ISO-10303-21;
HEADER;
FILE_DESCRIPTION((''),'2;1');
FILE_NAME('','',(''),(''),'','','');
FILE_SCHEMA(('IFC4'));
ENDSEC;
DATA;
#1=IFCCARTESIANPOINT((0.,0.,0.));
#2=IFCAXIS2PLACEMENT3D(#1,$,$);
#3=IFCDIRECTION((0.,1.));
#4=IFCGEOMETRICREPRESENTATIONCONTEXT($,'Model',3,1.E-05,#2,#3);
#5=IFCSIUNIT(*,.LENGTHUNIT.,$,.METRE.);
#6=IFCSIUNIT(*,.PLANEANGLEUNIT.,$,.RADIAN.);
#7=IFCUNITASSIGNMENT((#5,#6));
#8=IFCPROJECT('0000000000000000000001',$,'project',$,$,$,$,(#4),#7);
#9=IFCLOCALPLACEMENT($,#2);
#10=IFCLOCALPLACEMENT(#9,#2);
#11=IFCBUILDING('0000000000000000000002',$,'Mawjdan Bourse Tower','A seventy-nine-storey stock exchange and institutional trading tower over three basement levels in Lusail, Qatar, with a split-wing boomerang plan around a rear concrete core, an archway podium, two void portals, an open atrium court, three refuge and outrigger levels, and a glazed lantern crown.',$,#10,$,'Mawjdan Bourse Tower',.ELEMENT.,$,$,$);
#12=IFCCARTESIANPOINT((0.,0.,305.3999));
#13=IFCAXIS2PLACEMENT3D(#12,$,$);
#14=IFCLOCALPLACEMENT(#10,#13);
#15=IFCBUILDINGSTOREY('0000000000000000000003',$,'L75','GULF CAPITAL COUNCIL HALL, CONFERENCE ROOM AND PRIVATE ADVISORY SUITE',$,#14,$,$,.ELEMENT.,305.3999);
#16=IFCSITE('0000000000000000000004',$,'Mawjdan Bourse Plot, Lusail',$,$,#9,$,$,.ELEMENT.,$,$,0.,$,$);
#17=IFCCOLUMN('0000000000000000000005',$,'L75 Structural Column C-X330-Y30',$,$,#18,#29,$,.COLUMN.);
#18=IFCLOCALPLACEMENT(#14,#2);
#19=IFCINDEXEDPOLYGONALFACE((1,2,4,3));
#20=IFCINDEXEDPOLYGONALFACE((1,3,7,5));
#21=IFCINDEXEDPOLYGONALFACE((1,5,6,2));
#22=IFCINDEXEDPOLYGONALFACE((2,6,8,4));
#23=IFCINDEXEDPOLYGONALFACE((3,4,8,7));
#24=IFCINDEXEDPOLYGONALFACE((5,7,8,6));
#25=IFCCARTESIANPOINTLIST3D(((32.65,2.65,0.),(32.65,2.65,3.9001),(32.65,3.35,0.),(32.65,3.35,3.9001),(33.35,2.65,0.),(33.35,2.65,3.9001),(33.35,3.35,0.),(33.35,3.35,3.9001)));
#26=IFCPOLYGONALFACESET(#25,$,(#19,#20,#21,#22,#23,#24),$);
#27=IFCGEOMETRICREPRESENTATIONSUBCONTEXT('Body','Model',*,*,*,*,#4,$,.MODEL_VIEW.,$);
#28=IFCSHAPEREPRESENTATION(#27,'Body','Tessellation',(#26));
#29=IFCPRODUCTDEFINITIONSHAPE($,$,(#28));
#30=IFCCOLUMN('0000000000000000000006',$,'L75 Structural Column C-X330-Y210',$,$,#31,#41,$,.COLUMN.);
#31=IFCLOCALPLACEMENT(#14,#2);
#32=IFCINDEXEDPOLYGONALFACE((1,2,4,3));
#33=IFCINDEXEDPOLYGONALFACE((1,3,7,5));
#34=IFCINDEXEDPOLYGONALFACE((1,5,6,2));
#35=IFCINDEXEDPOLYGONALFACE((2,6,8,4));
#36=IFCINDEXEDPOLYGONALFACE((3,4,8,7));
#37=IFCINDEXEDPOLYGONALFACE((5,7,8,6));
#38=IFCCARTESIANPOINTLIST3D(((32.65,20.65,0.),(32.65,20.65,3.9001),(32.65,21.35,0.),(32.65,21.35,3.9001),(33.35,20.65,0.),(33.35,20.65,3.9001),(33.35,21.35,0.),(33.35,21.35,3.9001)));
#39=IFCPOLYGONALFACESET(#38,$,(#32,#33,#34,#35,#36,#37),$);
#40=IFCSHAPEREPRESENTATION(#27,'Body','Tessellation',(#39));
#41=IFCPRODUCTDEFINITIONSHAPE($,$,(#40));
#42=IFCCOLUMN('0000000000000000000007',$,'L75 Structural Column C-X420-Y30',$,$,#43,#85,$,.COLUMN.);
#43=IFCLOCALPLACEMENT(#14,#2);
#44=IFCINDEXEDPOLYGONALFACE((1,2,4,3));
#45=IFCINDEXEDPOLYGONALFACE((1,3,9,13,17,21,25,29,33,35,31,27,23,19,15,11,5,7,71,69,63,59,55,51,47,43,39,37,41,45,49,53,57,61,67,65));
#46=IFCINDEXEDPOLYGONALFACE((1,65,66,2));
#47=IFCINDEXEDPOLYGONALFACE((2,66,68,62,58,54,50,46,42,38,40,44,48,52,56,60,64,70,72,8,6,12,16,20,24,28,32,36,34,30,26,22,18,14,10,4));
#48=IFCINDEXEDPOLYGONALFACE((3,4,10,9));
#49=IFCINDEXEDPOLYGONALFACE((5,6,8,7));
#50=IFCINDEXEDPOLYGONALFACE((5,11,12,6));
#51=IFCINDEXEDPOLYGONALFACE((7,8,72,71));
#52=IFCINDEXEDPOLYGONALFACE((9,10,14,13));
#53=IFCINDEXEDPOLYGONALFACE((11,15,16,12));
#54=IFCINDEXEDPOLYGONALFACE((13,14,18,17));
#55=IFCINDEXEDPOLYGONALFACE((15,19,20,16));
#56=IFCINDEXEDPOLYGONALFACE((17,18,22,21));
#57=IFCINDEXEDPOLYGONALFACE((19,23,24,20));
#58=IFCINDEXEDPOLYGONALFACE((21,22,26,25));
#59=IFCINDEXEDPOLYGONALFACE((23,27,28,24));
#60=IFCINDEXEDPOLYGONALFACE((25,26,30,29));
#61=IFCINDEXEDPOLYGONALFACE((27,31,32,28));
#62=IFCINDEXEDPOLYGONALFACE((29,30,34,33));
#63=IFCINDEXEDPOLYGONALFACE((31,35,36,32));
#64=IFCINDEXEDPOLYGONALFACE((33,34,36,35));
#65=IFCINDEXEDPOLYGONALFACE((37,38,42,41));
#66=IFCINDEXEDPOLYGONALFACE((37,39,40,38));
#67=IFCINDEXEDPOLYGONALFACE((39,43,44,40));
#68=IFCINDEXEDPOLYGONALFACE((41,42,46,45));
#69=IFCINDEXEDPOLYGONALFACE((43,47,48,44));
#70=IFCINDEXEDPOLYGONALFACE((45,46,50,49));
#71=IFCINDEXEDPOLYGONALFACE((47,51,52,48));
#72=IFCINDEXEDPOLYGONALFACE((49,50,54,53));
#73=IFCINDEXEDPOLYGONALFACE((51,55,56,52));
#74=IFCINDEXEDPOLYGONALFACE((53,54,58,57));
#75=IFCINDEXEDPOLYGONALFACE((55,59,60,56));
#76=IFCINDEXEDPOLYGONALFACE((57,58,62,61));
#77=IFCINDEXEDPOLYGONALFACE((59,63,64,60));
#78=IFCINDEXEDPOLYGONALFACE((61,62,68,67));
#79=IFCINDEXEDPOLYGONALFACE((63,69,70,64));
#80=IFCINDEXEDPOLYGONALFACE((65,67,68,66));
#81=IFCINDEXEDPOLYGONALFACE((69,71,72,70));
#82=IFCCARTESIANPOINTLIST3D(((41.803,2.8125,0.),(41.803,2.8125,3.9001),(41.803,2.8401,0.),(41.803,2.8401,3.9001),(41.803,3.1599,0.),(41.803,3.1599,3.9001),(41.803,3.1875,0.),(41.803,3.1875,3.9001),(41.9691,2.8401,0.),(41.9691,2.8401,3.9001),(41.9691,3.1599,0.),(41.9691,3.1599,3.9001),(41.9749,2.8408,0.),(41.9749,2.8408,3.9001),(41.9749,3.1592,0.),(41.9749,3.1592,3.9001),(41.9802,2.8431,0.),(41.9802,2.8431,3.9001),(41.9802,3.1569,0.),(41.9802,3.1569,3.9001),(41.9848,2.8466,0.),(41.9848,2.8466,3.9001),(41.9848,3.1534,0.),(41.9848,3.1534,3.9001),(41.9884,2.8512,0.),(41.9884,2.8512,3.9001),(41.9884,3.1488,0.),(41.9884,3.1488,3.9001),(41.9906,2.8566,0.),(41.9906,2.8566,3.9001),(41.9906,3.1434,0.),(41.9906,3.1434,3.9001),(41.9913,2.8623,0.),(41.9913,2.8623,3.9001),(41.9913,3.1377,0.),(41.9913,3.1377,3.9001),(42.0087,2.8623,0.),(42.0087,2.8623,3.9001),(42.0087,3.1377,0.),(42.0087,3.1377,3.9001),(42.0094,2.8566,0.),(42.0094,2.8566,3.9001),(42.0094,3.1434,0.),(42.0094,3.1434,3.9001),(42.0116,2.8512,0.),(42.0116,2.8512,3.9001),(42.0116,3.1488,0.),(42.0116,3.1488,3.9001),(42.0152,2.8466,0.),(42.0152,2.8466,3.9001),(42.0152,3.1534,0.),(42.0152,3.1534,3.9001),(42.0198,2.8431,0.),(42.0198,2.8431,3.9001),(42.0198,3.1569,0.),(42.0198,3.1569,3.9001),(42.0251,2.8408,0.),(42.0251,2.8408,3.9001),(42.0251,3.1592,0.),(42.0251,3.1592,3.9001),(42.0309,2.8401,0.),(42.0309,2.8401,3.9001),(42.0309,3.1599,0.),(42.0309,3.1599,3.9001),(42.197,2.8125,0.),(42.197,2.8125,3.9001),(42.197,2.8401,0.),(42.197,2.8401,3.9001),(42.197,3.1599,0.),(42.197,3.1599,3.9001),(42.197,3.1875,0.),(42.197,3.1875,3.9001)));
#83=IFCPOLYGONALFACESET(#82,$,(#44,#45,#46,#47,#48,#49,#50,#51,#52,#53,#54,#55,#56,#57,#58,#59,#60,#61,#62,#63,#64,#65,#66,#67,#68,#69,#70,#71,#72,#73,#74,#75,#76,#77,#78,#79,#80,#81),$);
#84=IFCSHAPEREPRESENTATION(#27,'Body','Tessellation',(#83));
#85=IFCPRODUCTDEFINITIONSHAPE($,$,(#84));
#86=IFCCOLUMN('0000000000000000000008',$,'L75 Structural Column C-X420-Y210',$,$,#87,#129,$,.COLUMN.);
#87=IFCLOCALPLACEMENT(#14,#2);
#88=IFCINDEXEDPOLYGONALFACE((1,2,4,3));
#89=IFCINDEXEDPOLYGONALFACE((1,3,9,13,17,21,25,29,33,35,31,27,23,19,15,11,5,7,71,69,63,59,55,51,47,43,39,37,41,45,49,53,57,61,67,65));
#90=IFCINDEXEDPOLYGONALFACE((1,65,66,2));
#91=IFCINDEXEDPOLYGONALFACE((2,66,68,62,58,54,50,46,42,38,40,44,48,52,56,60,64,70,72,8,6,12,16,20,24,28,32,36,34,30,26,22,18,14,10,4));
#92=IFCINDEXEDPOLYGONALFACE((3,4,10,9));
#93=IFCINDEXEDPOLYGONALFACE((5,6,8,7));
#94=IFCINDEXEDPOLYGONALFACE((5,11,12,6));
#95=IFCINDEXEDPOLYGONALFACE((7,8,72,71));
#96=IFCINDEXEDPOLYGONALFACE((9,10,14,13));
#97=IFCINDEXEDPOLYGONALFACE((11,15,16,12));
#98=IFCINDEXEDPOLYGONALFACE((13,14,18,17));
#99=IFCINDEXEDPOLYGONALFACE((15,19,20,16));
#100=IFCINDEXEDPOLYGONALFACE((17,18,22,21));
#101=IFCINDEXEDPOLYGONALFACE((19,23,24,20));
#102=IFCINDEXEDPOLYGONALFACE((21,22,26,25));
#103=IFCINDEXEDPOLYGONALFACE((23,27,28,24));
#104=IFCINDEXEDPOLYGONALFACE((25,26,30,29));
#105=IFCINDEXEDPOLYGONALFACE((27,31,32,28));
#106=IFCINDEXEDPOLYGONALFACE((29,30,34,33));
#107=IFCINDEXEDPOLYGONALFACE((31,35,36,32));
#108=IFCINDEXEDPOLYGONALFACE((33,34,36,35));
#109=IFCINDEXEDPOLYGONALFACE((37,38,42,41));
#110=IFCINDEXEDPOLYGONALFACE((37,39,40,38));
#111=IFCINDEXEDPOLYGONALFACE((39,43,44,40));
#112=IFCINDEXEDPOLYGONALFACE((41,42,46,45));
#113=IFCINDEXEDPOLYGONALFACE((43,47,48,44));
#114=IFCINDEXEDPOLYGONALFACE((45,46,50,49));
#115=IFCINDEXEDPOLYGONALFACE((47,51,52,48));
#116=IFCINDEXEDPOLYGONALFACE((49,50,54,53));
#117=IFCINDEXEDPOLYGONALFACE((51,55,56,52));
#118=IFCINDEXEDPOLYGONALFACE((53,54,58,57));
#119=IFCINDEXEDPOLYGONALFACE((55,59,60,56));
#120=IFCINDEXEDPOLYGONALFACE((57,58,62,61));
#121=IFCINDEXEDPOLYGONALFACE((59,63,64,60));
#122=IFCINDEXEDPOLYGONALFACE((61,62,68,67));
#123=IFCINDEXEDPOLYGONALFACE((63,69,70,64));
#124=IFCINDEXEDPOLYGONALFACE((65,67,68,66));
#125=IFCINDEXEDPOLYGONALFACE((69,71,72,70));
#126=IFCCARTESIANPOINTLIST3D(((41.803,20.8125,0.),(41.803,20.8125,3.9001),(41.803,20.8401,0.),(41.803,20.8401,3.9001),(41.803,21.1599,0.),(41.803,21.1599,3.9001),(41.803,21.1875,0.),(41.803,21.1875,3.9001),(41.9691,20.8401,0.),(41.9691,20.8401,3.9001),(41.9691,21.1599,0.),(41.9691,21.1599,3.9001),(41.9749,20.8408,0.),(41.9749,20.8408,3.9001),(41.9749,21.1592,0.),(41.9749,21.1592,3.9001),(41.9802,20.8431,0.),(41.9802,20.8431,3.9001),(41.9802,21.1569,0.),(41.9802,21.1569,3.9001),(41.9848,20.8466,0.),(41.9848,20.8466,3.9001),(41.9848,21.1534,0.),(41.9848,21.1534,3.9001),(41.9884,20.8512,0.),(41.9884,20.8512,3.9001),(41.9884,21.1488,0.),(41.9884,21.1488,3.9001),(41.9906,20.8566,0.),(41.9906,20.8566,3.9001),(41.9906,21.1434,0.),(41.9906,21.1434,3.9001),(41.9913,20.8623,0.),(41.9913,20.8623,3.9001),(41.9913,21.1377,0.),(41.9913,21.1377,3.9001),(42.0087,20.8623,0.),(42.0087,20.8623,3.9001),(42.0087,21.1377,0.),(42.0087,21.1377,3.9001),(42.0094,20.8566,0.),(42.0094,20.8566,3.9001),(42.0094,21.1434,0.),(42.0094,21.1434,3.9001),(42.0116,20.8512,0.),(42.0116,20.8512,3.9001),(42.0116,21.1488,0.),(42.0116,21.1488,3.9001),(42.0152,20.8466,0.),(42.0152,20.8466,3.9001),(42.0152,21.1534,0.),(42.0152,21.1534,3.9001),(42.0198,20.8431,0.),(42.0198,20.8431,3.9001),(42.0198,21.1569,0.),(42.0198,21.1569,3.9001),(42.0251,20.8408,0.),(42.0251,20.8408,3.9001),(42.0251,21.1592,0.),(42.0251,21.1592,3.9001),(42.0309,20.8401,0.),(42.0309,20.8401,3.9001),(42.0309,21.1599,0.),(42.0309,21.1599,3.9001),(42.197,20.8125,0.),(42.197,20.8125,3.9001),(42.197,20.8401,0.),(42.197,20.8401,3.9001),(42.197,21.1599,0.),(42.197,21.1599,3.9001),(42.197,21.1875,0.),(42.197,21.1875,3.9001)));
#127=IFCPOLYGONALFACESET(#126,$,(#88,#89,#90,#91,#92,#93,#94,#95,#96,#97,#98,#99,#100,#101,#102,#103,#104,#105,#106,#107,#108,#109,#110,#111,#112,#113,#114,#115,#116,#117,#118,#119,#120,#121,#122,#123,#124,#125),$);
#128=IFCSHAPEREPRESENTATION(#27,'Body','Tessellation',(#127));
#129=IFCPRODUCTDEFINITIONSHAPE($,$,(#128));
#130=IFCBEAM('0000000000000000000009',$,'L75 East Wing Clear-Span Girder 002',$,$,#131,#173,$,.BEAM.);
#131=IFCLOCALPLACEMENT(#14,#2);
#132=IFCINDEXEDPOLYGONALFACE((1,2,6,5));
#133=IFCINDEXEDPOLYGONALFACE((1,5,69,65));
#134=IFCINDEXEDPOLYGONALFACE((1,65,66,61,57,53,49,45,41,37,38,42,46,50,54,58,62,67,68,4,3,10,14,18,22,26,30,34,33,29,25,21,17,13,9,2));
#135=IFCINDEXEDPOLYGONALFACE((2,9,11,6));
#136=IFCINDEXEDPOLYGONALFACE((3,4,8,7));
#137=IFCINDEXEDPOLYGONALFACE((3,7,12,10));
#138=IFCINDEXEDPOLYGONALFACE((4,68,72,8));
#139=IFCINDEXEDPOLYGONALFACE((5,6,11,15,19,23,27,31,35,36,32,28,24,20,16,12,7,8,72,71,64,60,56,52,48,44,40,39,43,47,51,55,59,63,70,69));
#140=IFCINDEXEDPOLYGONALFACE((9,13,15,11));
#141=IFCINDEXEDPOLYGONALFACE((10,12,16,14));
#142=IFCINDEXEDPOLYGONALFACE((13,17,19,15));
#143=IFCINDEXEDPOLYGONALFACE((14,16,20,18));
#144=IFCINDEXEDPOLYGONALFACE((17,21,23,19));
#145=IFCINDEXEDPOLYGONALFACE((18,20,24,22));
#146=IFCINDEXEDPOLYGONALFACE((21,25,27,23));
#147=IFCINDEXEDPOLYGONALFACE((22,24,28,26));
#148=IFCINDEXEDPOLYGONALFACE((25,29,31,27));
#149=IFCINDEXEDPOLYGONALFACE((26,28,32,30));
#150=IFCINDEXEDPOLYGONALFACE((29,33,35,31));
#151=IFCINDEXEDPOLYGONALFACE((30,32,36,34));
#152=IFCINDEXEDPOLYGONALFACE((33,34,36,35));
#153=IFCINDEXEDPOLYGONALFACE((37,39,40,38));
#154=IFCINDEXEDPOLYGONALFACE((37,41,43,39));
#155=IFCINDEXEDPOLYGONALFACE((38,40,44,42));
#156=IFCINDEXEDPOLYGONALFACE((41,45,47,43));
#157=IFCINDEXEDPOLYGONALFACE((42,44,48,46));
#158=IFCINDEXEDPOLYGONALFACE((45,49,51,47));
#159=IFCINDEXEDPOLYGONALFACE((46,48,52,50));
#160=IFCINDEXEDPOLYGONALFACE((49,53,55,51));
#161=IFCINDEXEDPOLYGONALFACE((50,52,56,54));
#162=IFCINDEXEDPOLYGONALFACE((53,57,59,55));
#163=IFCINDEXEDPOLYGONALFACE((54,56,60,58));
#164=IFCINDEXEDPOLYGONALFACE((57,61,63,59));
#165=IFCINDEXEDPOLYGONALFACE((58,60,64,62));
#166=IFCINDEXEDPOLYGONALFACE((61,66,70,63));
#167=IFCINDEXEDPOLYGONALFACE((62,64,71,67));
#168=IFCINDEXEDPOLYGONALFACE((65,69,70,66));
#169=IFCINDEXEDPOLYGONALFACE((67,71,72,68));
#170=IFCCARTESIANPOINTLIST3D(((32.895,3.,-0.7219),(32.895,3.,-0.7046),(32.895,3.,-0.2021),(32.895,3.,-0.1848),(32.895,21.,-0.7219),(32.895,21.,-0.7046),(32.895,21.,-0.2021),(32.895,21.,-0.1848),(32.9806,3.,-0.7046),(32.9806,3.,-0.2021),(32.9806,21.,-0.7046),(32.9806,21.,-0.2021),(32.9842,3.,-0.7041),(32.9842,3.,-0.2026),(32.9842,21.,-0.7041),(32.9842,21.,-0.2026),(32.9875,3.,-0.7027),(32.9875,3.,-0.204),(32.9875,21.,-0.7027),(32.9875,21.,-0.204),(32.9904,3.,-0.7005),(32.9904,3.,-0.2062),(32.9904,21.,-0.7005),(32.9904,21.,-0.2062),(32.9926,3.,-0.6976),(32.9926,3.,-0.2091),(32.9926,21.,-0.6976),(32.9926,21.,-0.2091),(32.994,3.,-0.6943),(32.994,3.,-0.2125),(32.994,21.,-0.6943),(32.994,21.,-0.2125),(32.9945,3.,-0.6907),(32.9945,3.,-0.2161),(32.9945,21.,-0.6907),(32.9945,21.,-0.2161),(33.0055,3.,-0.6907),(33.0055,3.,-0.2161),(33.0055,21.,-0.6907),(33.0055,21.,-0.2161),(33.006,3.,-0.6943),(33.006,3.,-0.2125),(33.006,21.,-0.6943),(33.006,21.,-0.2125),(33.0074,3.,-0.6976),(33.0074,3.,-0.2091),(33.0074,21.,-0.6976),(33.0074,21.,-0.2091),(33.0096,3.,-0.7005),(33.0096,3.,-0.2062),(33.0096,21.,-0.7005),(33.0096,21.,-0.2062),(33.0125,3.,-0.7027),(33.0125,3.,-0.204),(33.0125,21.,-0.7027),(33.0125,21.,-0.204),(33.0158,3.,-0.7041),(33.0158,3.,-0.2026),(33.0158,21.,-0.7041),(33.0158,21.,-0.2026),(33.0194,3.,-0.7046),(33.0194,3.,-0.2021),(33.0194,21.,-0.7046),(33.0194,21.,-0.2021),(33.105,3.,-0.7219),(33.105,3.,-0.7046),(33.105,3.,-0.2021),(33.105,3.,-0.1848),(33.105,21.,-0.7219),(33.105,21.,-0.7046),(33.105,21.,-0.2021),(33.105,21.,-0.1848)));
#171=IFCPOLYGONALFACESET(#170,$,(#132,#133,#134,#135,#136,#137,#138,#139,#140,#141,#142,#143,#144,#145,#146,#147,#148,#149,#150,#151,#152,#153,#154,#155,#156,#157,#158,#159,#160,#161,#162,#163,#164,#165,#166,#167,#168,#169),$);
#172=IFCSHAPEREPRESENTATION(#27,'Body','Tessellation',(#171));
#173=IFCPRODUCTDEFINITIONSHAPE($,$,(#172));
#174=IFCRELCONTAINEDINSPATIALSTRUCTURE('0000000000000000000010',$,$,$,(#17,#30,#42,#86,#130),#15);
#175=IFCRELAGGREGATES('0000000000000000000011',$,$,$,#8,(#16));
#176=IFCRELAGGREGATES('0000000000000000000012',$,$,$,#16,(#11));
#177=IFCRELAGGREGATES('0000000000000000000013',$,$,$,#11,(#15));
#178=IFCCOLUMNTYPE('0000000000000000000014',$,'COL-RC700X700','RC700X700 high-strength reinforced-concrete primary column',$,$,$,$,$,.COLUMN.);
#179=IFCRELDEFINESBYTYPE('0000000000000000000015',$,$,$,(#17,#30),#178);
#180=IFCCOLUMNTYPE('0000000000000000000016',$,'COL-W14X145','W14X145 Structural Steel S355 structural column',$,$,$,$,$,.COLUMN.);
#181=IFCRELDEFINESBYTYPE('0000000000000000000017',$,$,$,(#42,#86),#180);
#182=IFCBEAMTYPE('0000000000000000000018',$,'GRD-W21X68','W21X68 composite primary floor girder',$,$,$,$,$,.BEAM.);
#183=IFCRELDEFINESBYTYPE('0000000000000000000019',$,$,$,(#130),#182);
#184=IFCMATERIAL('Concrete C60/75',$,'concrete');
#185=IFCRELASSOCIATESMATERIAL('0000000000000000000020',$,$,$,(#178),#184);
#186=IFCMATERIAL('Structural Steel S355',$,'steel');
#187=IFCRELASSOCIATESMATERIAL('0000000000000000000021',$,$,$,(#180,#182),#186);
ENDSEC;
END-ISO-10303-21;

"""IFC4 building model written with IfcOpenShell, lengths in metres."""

from ifc_helpers import new_model, si_unit, direction, frame, origin, origin_2d, place, context, subcontext, project, spatial, rectangle, i_section, extrude, material, material_profile, profile_set, type_object, element, save


model = new_model("IFC4")

# Units and contexts
model_context = context("Model", 3, precision=1e-05, world=origin(), true_north=direction((0.0, 1.0)))
body_context = subcontext(model_context, "Body", "Model", "MODEL_VIEW")
ifc_project = project(units=[si_unit("LENGTHUNIT", "METRE"), si_unit("PLANEANGLEUNIT", "RADIAN")], contexts=[model_context])

# Site, building, storey
site_placement = place(None, origin())
site = spatial("IfcSite", under=ifc_project, at=site_placement, Name="Mawjdan Bourse Plot, Lusail", CompositionType="ELEMENT", RefElevation=0.0)
building_placement = place(site_placement, origin())
building = spatial("IfcBuilding", under=site, at=building_placement, Name="Mawjdan Bourse Tower", Description="A seventy-nine-storey stock exchange and institutional trading tower over three basement levels in Lusail, Qatar, with a split-wing boomerang plan around a rear concrete core, an archway podium, two void portals, an open atrium court, three refuge and outrigger levels, and a glazed lantern crown.", LongName="Mawjdan Bourse Tower", CompositionType="ELEMENT")
storey_placement = place(building_placement, frame((0.0, 0.0, 305.3999)))
storey = spatial("IfcBuildingStorey", under=building, at=storey_placement, Name="L75", Description="GULF CAPITAL COUNCIL HALL, CONFERENCE ROOM AND PRIVATE ADVISORY SUITE", CompositionType="ELEMENT", Elevation=305.3999)

# Columns
ifc_material_1 = material(Name="Concrete C60/75", Category="concrete")
ifc_material_profile_1 = material_profile(ifc_material_1, rectangle(XDim=0.7, YDim=0.7, at=origin_2d()), Name="RC700X700")
ifc_profile_set_1 = profile_set([ifc_material_profile_1], Name="Concrete C60/75")
column_type_1 = type_object("IfcColumnType", Name="COL-RC700X700", Description="RC700X700 high-strength reinforced-concrete primary column", PredefinedType="COLUMN", material=ifc_profile_set_1)
for number, where, z_axis, x_axis, name in (
    (1, (33.0, 3.0, 0.0), (0.0, 0.0, 1.0), (1.0, 0.0, 0.0), "L75 Structural Column C-X330-Y30"),
    (2, (33.0, 21.0, 0.0), (0.0, 0.0, 1.0), (1.0, 0.0, 0.0), "L75 Structural Column C-X330-Y210"),
):
    element("IfcColumn", number, at=place(storey_placement, frame(where, z_axis=z_axis, x_axis=x_axis)), inside=storey, type_object=column_type_1, Name=name, PredefinedType="COLUMN", context=body_context, shape_type="SweptSolid", body=[
        extrude(rectangle(XDim=0.7, YDim=0.7, at=origin_2d()), origin(), (0.0, 0.0, 1.0), 3.9001),
    ])
ifc_material_2 = material(Name="Structural Steel S355", Category="steel")
ifc_material_profile_2 = material_profile(ifc_material_2, i_section(OverallWidth=0.394, OverallDepth=0.375, WebThickness=0.0173, FlangeThickness=0.0276, FilletRadius=0.0222, at=origin_2d()), Name="W14X145")
ifc_profile_set_2 = profile_set([ifc_material_profile_2], Name="Structural Steel S355")
column_type_2 = type_object("IfcColumnType", Name="COL-W14X145", Description="W14X145 Structural Steel S355 structural column", PredefinedType="COLUMN", material=ifc_profile_set_2)
for number, where, z_axis, x_axis, name in (
    (3, (42.0, 3.0, 0.0), (0.0, 0.0, 1.0), (1.0, 0.0, 0.0), "L75 Structural Column C-X420-Y30"),
    (4, (42.0, 21.0, 0.0), (0.0, 0.0, 1.0), (1.0, 0.0, 0.0), "L75 Structural Column C-X420-Y210"),
):
    element("IfcColumn", number, at=place(storey_placement, frame(where, z_axis=z_axis, x_axis=x_axis)), inside=storey, type_object=column_type_2, Name=name, PredefinedType="COLUMN", context=body_context, shape_type="SweptSolid", body=[
        extrude(i_section(OverallWidth=0.394, OverallDepth=0.375, WebThickness=0.0173, FlangeThickness=0.0276, FilletRadius=0.0222, at=origin_2d()), origin(), (0.0, 0.0, 1.0), 3.9001),
    ])

# Beam
ifc_material_profile_3 = material_profile(ifc_material_2, i_section(OverallWidth=0.21, OverallDepth=0.5371, WebThickness=0.011, FlangeThickness=0.0173, FilletRadius=0.0139, at=origin_2d()), Name="W21X68")
ifc_profile_set_3 = profile_set([ifc_material_profile_3], Name="Structural Steel S355")
beam_type_1 = type_object("IfcBeamType", Name="GRD-W21X68", Description="W21X68 composite primary floor girder", PredefinedType="BEAM", material=ifc_profile_set_3)
for number, where, z_axis, x_axis, name in (
    (5, (33.0, 3.0, -0.4534), (0.0, 1.0, 0.0), (-1.0, 0.0, 0.0), "L75 East Wing Clear-Span Girder 002"),
):
    element("IfcBeam", number, at=place(storey_placement, frame(where, z_axis=z_axis, x_axis=x_axis)), inside=storey, type_object=beam_type_1, Name=name, PredefinedType="BEAM", context=body_context, shape_type="SweptSolid", body=[
        extrude(i_section(OverallWidth=0.21, OverallDepth=0.5371, WebThickness=0.011, FlangeThickness=0.0173, FilletRadius=0.0139, at=origin_2d()), origin(), (0.0, 0.0, 1.0), 18.0),
    ])

save(model, "model.ifc")
